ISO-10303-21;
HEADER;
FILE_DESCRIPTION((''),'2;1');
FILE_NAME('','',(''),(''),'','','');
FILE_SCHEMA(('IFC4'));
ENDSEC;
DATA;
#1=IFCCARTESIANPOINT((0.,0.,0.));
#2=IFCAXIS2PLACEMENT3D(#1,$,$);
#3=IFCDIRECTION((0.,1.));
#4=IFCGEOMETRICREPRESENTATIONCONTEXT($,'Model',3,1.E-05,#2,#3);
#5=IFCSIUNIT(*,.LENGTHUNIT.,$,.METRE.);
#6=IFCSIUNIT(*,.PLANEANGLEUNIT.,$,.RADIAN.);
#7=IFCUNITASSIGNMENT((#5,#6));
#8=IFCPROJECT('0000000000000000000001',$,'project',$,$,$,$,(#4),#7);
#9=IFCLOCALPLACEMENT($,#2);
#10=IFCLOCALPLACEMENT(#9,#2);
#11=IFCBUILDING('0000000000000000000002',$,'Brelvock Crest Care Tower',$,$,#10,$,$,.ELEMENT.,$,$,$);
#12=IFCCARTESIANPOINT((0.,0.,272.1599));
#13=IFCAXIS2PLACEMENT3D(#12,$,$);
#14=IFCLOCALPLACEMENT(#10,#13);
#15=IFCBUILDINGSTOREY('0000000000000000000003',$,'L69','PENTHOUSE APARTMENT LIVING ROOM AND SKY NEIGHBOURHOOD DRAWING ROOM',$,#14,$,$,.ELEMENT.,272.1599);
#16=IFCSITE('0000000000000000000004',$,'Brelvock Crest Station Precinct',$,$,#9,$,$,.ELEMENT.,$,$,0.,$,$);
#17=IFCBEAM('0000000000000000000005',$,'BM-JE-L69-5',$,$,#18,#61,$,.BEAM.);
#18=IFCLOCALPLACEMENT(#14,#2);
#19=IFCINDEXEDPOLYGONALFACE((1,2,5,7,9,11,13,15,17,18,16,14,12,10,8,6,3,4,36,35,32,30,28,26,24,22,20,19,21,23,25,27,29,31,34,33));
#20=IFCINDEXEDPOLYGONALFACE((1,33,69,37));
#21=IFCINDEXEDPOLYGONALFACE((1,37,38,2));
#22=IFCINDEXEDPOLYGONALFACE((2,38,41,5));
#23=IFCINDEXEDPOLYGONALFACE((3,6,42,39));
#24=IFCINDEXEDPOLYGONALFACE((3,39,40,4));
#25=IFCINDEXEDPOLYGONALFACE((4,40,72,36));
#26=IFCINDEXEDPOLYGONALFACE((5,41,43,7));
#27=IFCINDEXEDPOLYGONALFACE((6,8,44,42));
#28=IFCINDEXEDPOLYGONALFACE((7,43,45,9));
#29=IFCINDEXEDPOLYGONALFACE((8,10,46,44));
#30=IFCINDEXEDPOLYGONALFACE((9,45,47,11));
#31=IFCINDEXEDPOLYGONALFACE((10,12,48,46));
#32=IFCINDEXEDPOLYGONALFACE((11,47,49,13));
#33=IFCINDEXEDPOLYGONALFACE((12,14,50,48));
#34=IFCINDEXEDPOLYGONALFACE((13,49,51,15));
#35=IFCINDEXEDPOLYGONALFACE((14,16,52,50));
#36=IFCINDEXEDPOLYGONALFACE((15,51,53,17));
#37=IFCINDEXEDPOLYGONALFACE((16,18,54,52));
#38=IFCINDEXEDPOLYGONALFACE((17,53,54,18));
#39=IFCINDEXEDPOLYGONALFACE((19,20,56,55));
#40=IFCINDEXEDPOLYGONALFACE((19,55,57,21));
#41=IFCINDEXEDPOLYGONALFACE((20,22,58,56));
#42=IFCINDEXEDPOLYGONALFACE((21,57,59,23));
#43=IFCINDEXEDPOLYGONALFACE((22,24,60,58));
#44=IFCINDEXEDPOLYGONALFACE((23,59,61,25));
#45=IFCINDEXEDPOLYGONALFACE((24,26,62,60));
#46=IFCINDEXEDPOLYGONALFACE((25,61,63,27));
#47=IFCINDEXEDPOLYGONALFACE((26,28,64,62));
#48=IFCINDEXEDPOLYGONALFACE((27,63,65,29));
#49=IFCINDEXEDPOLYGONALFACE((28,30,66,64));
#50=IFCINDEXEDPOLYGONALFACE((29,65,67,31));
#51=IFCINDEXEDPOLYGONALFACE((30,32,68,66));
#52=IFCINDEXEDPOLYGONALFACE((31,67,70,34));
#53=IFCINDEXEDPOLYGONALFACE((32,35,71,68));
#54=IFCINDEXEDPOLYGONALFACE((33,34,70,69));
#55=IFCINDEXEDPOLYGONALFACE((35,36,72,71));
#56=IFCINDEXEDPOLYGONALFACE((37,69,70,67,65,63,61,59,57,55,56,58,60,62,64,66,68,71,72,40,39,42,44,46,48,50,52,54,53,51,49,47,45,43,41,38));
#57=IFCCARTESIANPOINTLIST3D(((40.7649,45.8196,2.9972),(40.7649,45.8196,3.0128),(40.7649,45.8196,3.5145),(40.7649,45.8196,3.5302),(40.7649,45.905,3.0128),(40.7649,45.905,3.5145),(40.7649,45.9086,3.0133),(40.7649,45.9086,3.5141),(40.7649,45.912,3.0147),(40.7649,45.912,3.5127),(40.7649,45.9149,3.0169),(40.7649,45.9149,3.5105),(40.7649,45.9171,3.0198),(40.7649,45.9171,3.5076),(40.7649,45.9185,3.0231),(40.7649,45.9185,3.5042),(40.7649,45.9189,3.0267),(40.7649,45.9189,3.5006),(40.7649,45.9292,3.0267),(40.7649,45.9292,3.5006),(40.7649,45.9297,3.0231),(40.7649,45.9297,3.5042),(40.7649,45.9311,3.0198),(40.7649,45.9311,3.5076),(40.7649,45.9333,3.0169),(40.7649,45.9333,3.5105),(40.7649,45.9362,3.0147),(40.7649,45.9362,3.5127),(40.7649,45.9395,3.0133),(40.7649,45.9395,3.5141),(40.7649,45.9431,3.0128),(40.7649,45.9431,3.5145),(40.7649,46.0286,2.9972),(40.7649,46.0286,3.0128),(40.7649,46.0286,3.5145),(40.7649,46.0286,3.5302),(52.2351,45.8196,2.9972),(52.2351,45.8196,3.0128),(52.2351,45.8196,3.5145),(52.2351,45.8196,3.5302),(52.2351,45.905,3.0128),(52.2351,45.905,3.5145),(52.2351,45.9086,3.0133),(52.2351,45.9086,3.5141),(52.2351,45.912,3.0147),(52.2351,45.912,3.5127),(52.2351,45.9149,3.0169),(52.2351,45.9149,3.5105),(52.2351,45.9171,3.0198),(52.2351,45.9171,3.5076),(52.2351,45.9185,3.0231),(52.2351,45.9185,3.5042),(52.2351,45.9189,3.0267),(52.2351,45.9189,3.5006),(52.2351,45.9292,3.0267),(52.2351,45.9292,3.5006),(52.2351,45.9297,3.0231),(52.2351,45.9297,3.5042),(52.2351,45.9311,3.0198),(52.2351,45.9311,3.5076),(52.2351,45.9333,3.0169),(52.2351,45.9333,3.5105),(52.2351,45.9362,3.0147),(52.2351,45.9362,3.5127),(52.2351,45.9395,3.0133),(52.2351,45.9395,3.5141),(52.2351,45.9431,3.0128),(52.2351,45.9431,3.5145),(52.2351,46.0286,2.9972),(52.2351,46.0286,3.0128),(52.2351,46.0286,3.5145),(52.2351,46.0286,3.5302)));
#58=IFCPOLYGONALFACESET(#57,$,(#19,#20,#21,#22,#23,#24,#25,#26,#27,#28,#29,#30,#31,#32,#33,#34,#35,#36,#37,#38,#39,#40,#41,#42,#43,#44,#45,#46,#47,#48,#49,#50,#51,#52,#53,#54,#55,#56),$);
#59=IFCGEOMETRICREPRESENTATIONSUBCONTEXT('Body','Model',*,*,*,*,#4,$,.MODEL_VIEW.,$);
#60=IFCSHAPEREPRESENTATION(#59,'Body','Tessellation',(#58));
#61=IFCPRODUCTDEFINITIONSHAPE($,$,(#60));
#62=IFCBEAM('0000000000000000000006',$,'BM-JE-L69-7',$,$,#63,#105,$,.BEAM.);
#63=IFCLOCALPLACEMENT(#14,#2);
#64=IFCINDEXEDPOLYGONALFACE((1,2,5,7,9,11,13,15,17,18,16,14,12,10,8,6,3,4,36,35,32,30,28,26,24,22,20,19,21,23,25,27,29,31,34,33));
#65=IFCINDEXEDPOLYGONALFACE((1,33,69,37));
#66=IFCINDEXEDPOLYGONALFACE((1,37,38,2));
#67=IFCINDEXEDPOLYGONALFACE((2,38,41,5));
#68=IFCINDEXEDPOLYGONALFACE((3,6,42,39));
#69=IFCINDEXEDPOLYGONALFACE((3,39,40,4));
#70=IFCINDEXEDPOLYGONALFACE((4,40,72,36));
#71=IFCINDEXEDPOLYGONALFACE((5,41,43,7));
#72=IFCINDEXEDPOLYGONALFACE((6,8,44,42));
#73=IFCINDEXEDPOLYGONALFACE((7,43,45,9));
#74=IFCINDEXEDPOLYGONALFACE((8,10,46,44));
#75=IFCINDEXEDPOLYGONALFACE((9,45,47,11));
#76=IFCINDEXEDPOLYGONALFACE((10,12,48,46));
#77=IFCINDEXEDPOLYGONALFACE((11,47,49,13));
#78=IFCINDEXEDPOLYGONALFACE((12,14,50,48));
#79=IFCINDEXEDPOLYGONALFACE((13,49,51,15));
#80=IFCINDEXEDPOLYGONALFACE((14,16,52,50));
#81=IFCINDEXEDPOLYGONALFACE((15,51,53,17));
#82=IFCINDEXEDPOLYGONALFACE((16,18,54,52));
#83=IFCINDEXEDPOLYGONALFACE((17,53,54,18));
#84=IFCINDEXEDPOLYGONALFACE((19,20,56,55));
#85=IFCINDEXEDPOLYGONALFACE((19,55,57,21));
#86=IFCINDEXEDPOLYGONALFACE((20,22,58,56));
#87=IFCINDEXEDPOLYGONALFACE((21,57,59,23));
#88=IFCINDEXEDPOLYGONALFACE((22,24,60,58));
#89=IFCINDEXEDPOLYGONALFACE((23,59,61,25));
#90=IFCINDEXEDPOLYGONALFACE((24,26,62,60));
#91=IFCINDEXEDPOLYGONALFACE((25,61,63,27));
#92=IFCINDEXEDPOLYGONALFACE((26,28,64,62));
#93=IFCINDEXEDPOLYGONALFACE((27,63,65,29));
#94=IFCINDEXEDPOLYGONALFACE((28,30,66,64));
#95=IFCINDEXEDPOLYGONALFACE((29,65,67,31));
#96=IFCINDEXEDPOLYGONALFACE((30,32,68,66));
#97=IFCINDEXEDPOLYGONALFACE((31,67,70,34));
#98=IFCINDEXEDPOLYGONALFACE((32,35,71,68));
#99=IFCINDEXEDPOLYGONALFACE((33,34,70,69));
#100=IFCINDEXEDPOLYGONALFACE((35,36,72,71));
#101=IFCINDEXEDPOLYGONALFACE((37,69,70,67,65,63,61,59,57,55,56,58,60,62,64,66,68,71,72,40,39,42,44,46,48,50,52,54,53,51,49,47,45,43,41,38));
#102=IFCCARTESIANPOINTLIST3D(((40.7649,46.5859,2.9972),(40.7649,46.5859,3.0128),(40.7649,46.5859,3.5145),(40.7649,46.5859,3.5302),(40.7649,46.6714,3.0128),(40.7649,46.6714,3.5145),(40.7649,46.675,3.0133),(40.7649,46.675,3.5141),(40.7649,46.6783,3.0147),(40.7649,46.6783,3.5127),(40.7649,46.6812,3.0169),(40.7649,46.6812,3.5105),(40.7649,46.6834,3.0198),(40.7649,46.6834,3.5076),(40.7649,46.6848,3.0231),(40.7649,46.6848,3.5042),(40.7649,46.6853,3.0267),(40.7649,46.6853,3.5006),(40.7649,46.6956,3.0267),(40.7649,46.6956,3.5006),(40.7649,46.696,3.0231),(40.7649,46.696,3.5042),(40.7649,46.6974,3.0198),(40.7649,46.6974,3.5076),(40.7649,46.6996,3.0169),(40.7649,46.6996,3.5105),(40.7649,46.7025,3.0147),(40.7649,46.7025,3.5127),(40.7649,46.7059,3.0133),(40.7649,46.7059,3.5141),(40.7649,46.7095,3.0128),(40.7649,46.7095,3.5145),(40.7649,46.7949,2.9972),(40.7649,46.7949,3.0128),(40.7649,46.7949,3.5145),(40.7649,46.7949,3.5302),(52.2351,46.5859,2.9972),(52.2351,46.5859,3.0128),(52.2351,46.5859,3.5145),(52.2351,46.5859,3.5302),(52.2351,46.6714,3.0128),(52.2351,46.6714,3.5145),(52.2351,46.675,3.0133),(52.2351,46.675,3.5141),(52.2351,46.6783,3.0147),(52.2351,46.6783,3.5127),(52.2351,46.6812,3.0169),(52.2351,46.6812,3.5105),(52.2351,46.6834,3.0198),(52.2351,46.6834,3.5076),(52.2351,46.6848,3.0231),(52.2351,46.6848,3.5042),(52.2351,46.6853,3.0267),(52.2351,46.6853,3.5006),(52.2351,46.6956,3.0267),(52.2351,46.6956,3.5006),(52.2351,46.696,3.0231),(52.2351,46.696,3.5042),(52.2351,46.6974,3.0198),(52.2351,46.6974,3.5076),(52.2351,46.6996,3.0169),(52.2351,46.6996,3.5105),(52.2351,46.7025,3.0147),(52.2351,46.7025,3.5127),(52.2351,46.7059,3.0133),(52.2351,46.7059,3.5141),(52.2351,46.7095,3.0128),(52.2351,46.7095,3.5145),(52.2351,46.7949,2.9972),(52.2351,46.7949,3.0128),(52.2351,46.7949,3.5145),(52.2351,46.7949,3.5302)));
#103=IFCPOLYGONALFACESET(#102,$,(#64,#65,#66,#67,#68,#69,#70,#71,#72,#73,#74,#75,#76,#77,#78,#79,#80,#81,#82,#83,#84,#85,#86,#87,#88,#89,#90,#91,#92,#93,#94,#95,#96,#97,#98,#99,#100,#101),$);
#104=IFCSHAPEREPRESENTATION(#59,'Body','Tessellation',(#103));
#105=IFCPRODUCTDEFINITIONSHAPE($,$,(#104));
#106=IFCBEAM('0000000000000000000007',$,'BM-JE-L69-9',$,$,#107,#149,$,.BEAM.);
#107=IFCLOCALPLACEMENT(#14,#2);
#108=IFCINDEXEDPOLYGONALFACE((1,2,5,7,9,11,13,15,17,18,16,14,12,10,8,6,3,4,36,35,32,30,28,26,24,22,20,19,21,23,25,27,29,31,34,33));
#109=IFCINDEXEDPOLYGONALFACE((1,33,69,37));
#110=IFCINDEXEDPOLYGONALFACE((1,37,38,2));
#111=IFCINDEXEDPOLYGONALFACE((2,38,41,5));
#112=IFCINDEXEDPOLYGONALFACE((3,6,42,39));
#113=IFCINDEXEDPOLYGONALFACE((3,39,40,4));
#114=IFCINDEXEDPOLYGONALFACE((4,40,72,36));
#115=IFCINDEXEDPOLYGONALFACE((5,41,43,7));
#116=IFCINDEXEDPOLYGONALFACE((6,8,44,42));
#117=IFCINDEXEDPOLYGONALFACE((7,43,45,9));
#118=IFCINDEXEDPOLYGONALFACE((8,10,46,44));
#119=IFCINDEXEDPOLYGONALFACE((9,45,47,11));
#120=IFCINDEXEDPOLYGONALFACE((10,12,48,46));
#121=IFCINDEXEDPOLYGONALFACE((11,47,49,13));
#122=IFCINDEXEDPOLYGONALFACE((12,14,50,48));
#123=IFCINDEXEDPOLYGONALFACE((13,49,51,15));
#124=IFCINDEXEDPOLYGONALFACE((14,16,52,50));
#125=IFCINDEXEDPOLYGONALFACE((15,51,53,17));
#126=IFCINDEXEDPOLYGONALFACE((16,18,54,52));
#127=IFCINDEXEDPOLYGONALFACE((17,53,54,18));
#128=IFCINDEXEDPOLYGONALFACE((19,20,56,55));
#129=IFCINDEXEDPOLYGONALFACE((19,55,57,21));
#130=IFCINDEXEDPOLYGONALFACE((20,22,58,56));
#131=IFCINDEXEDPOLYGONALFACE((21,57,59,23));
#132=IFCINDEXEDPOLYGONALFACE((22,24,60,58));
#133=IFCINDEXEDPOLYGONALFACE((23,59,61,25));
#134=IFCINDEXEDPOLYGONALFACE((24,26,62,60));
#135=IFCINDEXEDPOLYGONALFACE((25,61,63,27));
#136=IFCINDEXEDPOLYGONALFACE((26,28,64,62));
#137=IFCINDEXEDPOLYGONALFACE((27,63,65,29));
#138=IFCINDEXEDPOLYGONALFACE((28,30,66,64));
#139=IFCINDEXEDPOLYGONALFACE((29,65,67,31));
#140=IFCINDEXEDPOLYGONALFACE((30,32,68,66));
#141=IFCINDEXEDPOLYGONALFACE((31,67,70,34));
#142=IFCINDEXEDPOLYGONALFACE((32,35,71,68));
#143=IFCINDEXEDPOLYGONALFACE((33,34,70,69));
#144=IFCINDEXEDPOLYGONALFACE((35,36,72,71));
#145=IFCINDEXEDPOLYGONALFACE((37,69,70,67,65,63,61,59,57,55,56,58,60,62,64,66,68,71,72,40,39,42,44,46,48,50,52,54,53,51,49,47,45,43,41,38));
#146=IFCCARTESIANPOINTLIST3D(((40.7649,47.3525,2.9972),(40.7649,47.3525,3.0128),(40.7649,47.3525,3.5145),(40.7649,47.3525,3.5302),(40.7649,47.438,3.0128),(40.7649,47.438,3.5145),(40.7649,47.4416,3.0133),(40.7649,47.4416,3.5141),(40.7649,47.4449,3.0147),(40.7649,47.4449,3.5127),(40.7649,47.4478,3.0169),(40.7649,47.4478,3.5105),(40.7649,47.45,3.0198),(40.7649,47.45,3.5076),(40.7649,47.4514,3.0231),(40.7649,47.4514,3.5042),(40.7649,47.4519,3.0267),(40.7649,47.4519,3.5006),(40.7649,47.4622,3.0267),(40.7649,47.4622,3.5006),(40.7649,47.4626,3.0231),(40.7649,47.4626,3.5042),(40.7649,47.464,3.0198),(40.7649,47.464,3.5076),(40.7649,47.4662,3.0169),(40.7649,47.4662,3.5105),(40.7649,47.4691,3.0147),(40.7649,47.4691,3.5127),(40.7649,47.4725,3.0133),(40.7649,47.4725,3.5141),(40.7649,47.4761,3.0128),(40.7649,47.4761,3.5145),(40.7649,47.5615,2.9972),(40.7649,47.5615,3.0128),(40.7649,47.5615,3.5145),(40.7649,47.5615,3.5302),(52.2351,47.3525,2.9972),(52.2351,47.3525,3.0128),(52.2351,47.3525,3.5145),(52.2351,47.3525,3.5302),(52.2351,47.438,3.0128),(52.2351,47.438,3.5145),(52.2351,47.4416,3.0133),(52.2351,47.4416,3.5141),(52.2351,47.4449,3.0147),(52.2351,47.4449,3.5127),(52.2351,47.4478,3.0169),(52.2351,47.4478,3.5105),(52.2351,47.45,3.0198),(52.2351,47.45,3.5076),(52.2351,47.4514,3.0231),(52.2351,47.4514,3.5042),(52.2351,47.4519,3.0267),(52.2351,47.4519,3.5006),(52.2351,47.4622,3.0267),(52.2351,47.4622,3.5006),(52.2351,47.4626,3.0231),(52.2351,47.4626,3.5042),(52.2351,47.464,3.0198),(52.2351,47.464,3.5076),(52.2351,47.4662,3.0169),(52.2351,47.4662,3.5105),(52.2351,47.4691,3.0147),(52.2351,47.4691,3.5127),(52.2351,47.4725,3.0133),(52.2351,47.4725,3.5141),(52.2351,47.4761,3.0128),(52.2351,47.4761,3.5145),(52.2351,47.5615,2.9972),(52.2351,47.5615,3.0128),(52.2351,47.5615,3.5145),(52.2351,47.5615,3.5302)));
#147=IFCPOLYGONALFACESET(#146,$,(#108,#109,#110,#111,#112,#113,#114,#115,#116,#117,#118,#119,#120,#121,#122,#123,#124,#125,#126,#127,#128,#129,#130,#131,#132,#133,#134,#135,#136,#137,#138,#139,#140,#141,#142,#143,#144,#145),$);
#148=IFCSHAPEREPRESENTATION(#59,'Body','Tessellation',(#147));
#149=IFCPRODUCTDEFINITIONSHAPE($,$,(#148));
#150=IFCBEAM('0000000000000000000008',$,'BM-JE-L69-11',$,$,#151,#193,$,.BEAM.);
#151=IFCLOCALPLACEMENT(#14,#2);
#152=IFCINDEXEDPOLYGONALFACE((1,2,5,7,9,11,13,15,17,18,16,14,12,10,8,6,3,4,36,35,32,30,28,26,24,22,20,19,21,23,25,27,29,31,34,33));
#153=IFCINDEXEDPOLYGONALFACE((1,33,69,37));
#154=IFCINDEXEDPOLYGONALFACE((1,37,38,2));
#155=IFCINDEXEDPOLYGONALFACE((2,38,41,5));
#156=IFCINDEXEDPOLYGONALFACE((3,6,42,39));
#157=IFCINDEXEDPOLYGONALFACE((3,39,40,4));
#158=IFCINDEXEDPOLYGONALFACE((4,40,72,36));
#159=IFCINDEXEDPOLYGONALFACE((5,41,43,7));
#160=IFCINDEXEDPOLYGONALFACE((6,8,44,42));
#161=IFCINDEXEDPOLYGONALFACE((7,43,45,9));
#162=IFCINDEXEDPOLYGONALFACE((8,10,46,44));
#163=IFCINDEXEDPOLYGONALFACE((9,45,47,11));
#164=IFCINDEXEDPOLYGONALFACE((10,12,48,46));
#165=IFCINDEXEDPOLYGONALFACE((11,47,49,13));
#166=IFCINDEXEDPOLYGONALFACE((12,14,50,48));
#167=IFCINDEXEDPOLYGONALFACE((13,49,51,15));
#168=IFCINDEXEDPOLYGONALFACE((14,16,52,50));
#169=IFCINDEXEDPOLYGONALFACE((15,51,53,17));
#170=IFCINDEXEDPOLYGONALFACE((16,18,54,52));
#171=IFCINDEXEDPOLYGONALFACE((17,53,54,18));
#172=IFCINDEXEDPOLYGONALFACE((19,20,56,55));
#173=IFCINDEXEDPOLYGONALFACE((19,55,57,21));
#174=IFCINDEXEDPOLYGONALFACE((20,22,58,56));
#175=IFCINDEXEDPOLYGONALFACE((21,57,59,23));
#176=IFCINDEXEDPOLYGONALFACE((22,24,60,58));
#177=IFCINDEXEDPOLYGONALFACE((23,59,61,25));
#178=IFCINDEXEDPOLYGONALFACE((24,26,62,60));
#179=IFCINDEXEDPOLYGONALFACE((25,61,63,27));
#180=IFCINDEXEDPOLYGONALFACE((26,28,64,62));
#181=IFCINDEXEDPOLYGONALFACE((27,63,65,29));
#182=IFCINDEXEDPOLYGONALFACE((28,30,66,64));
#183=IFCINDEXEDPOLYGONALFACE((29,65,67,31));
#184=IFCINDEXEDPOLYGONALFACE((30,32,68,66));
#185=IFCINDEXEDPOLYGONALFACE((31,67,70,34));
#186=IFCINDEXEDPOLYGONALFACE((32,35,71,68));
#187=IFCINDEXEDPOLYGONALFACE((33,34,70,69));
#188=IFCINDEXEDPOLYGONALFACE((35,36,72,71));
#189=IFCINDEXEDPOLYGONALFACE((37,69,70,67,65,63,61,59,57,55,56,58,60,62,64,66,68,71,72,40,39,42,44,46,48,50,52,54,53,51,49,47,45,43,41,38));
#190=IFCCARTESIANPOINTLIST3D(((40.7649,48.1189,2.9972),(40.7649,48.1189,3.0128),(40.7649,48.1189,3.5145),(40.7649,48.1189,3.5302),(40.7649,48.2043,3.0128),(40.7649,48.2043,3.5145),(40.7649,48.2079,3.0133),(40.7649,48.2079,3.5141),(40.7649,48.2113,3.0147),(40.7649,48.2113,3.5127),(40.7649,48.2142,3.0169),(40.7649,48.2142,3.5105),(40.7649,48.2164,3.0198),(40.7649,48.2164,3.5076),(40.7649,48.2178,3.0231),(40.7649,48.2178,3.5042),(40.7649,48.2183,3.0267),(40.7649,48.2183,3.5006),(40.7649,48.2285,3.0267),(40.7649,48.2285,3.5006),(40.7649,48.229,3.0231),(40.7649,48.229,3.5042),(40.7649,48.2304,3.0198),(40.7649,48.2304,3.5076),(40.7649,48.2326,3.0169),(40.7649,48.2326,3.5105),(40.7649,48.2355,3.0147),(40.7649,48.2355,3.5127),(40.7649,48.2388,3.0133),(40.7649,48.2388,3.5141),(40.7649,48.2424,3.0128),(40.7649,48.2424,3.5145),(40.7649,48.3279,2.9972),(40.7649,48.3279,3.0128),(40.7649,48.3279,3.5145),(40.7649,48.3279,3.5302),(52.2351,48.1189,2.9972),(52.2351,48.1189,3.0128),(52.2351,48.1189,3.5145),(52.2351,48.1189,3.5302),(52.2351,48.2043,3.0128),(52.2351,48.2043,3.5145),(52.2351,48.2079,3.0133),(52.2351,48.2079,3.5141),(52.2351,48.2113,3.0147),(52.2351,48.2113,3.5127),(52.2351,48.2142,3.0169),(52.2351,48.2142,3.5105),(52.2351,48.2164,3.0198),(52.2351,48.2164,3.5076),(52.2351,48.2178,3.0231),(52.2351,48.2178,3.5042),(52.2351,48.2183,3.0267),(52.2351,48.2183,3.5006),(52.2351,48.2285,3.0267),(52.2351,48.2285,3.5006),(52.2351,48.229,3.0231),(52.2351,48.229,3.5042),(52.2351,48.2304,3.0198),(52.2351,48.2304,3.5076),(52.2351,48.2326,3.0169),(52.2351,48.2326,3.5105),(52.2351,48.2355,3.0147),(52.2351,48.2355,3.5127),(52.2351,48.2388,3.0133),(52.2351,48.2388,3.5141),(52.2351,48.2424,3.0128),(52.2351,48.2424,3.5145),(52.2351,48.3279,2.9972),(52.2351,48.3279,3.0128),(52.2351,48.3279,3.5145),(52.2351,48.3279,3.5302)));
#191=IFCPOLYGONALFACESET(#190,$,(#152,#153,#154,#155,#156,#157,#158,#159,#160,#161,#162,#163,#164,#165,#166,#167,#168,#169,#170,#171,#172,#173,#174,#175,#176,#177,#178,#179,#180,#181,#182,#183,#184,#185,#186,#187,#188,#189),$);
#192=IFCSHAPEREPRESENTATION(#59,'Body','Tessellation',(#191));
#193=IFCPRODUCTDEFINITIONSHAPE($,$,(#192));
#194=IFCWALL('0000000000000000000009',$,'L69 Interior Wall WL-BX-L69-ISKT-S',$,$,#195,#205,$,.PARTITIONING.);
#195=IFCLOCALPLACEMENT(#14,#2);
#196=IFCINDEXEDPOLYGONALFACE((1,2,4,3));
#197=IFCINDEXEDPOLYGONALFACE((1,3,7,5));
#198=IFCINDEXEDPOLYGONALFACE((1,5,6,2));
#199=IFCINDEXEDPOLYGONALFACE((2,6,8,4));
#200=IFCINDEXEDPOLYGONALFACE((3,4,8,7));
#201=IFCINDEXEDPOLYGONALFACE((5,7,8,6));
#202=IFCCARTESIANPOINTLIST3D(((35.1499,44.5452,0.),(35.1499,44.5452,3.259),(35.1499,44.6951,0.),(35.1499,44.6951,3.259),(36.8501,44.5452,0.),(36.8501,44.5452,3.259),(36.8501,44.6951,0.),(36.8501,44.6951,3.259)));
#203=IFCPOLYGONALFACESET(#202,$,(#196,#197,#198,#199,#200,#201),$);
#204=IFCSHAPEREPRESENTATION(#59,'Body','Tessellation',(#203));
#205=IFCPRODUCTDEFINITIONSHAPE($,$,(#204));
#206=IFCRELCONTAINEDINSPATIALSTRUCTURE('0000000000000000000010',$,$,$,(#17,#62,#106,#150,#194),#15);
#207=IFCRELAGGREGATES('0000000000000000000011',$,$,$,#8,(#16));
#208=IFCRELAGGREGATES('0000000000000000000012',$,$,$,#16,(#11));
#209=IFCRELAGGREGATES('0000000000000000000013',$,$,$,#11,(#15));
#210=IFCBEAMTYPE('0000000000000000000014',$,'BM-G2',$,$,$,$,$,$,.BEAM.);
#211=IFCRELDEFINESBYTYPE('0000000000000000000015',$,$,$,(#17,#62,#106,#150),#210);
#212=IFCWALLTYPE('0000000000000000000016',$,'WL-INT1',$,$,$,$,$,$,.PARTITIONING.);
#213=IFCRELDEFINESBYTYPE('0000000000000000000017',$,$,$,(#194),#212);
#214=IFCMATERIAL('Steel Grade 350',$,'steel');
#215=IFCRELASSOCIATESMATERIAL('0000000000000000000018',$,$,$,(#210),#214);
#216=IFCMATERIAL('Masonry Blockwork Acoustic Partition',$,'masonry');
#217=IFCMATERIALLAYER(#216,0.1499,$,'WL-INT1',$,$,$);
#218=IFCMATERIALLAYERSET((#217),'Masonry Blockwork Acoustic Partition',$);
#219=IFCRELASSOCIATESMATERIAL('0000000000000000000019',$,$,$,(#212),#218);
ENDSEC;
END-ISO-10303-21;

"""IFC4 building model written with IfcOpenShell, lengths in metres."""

from ifc_helpers import new_model, si_unit, direction, frame, frame_2d, origin, origin_2d, place, context, subcontext, project, spatial, rectangle, i_section, extrude, source, transform, mapped, material, layer, layer_set, material_profile, profile_set, type_object, element, save


model = new_model("IFC4")

# Units and contexts
model_context = context("Model", 3, precision=1e-05, world=origin(), true_north=direction((0.0, 1.0)))
body_context = subcontext(model_context, "Body", "Model", "MODEL_VIEW")
ifc_project = project(units=[si_unit("LENGTHUNIT", "METRE"), si_unit("PLANEANGLEUNIT", "RADIAN")], contexts=[model_context])

# Site, building, storey
site_placement = place(None, origin())
site = spatial("IfcSite", under=ifc_project, at=site_placement, Name="Brelvock Crest Station Precinct", CompositionType="ELEMENT", RefElevation=0.0)
building_placement = place(site_placement, origin())
building = spatial("IfcBuilding", under=site, at=building_placement, Name="Brelvock Crest Care Tower", CompositionType="ELEMENT")
storey_placement = place(building_placement, frame((0.0, 0.0, 272.1599)))
storey = spatial("IfcBuildingStorey", under=building, at=storey_placement, Name="L69", Description="PENTHOUSE APARTMENT LIVING ROOM AND SKY NEIGHBOURHOOD DRAWING ROOM", CompositionType="ELEMENT", Elevation=272.1599)

# Beams
ifc_material_1 = material(Name="Steel Grade 350", Category="steel")
ifc_material_profile_1 = material_profile(ifc_material_1, i_section(OverallWidth=0.209, OverallDepth=0.533, WebThickness=0.0103, FlangeThickness=0.0156, FilletRadius=0.0139, at=origin_2d()), Name="530UB92.4")
ifc_profile_set_1 = profile_set([ifc_material_profile_1], Name="Steel Grade 350")
beam_type_1 = type_object("IfcBeamType", Name="BM-G2", PredefinedType="BEAM", material=ifc_profile_set_1)
shared_shape_1 = source(origin(), body_context, "Body", "SweptSolid", [
    extrude(i_section(OverallWidth=0.209, OverallDepth=0.533, WebThickness=0.0103, FlangeThickness=0.0156, FilletRadius=0.0139, at=origin_2d()), origin(), (0.0, 0.0, 1.0), 11.4702),
])
for number, where, z_axis, x_axis, name in (
    (1, (40.7649, 45.9241, 3.2637), (1.0, 0.0, 0.0), (0.0, 1.0, 0.0), "BM-JE-L69-5"),
    (2, (40.7649, 46.6904, 3.2637), (1.0, 0.0, 0.0), (0.0, 1.0, 0.0), "BM-JE-L69-7"),
    (3, (40.7649, 47.457, 3.2637), (1.0, 0.0, 0.0), (0.0, 1.0, 0.0), "BM-JE-L69-9"),
    (4, (40.7649, 48.2234, 3.2637), (1.0, 0.0, 0.0), (0.0, 1.0, 0.0), "BM-JE-L69-11"),
):
    element("IfcBeam", number, at=place(storey_placement, frame(where, z_axis=z_axis, x_axis=x_axis)), inside=storey, type_object=beam_type_1, Name=name, PredefinedType="BEAM", context=body_context, shape_type="MappedRepresentation", body=[
        mapped(shared_shape_1, transform((0.0, 0.0, 0.0), x_axis=(1.0, 0.0, 0.0), y_axis=(0.0, 1.0, 0.0), z_axis=(0.0, 0.0, 1.0), scale=1.0)),
    ])

# Wall
ifc_material_2 = material(Name="Masonry Blockwork Acoustic Partition", Category="masonry")
ifc_layer = layer(ifc_material_2, 0.1499, Name="WL-INT1")
ifc_layer_set = layer_set([ifc_layer], Name="Masonry Blockwork Acoustic Partition")
wall_type = type_object("IfcWallType", Name="WL-INT1", PredefinedType="PARTITIONING", material=ifc_layer_set)
wall_1_placement = place(storey_placement, frame((35.1499, 44.6201, 0.0), z_axis=(0.0, 0.0, 1.0), x_axis=(1.0, 0.0, 0.0)))
element("IfcWall", 5, at=wall_1_placement, inside=storey, type_object=wall_type, Name="L69 Interior Wall WL-BX-L69-ISKT-S", PredefinedType="PARTITIONING", context=body_context, shape_type="SweptSolid", body=[
    extrude(rectangle(XDim=1.7002, YDim=0.1499, at=frame_2d((0.8501, 0.0))), origin(), (0.0, 0.0, 1.0), 3.259),
])

save(model, "model.ifc")
